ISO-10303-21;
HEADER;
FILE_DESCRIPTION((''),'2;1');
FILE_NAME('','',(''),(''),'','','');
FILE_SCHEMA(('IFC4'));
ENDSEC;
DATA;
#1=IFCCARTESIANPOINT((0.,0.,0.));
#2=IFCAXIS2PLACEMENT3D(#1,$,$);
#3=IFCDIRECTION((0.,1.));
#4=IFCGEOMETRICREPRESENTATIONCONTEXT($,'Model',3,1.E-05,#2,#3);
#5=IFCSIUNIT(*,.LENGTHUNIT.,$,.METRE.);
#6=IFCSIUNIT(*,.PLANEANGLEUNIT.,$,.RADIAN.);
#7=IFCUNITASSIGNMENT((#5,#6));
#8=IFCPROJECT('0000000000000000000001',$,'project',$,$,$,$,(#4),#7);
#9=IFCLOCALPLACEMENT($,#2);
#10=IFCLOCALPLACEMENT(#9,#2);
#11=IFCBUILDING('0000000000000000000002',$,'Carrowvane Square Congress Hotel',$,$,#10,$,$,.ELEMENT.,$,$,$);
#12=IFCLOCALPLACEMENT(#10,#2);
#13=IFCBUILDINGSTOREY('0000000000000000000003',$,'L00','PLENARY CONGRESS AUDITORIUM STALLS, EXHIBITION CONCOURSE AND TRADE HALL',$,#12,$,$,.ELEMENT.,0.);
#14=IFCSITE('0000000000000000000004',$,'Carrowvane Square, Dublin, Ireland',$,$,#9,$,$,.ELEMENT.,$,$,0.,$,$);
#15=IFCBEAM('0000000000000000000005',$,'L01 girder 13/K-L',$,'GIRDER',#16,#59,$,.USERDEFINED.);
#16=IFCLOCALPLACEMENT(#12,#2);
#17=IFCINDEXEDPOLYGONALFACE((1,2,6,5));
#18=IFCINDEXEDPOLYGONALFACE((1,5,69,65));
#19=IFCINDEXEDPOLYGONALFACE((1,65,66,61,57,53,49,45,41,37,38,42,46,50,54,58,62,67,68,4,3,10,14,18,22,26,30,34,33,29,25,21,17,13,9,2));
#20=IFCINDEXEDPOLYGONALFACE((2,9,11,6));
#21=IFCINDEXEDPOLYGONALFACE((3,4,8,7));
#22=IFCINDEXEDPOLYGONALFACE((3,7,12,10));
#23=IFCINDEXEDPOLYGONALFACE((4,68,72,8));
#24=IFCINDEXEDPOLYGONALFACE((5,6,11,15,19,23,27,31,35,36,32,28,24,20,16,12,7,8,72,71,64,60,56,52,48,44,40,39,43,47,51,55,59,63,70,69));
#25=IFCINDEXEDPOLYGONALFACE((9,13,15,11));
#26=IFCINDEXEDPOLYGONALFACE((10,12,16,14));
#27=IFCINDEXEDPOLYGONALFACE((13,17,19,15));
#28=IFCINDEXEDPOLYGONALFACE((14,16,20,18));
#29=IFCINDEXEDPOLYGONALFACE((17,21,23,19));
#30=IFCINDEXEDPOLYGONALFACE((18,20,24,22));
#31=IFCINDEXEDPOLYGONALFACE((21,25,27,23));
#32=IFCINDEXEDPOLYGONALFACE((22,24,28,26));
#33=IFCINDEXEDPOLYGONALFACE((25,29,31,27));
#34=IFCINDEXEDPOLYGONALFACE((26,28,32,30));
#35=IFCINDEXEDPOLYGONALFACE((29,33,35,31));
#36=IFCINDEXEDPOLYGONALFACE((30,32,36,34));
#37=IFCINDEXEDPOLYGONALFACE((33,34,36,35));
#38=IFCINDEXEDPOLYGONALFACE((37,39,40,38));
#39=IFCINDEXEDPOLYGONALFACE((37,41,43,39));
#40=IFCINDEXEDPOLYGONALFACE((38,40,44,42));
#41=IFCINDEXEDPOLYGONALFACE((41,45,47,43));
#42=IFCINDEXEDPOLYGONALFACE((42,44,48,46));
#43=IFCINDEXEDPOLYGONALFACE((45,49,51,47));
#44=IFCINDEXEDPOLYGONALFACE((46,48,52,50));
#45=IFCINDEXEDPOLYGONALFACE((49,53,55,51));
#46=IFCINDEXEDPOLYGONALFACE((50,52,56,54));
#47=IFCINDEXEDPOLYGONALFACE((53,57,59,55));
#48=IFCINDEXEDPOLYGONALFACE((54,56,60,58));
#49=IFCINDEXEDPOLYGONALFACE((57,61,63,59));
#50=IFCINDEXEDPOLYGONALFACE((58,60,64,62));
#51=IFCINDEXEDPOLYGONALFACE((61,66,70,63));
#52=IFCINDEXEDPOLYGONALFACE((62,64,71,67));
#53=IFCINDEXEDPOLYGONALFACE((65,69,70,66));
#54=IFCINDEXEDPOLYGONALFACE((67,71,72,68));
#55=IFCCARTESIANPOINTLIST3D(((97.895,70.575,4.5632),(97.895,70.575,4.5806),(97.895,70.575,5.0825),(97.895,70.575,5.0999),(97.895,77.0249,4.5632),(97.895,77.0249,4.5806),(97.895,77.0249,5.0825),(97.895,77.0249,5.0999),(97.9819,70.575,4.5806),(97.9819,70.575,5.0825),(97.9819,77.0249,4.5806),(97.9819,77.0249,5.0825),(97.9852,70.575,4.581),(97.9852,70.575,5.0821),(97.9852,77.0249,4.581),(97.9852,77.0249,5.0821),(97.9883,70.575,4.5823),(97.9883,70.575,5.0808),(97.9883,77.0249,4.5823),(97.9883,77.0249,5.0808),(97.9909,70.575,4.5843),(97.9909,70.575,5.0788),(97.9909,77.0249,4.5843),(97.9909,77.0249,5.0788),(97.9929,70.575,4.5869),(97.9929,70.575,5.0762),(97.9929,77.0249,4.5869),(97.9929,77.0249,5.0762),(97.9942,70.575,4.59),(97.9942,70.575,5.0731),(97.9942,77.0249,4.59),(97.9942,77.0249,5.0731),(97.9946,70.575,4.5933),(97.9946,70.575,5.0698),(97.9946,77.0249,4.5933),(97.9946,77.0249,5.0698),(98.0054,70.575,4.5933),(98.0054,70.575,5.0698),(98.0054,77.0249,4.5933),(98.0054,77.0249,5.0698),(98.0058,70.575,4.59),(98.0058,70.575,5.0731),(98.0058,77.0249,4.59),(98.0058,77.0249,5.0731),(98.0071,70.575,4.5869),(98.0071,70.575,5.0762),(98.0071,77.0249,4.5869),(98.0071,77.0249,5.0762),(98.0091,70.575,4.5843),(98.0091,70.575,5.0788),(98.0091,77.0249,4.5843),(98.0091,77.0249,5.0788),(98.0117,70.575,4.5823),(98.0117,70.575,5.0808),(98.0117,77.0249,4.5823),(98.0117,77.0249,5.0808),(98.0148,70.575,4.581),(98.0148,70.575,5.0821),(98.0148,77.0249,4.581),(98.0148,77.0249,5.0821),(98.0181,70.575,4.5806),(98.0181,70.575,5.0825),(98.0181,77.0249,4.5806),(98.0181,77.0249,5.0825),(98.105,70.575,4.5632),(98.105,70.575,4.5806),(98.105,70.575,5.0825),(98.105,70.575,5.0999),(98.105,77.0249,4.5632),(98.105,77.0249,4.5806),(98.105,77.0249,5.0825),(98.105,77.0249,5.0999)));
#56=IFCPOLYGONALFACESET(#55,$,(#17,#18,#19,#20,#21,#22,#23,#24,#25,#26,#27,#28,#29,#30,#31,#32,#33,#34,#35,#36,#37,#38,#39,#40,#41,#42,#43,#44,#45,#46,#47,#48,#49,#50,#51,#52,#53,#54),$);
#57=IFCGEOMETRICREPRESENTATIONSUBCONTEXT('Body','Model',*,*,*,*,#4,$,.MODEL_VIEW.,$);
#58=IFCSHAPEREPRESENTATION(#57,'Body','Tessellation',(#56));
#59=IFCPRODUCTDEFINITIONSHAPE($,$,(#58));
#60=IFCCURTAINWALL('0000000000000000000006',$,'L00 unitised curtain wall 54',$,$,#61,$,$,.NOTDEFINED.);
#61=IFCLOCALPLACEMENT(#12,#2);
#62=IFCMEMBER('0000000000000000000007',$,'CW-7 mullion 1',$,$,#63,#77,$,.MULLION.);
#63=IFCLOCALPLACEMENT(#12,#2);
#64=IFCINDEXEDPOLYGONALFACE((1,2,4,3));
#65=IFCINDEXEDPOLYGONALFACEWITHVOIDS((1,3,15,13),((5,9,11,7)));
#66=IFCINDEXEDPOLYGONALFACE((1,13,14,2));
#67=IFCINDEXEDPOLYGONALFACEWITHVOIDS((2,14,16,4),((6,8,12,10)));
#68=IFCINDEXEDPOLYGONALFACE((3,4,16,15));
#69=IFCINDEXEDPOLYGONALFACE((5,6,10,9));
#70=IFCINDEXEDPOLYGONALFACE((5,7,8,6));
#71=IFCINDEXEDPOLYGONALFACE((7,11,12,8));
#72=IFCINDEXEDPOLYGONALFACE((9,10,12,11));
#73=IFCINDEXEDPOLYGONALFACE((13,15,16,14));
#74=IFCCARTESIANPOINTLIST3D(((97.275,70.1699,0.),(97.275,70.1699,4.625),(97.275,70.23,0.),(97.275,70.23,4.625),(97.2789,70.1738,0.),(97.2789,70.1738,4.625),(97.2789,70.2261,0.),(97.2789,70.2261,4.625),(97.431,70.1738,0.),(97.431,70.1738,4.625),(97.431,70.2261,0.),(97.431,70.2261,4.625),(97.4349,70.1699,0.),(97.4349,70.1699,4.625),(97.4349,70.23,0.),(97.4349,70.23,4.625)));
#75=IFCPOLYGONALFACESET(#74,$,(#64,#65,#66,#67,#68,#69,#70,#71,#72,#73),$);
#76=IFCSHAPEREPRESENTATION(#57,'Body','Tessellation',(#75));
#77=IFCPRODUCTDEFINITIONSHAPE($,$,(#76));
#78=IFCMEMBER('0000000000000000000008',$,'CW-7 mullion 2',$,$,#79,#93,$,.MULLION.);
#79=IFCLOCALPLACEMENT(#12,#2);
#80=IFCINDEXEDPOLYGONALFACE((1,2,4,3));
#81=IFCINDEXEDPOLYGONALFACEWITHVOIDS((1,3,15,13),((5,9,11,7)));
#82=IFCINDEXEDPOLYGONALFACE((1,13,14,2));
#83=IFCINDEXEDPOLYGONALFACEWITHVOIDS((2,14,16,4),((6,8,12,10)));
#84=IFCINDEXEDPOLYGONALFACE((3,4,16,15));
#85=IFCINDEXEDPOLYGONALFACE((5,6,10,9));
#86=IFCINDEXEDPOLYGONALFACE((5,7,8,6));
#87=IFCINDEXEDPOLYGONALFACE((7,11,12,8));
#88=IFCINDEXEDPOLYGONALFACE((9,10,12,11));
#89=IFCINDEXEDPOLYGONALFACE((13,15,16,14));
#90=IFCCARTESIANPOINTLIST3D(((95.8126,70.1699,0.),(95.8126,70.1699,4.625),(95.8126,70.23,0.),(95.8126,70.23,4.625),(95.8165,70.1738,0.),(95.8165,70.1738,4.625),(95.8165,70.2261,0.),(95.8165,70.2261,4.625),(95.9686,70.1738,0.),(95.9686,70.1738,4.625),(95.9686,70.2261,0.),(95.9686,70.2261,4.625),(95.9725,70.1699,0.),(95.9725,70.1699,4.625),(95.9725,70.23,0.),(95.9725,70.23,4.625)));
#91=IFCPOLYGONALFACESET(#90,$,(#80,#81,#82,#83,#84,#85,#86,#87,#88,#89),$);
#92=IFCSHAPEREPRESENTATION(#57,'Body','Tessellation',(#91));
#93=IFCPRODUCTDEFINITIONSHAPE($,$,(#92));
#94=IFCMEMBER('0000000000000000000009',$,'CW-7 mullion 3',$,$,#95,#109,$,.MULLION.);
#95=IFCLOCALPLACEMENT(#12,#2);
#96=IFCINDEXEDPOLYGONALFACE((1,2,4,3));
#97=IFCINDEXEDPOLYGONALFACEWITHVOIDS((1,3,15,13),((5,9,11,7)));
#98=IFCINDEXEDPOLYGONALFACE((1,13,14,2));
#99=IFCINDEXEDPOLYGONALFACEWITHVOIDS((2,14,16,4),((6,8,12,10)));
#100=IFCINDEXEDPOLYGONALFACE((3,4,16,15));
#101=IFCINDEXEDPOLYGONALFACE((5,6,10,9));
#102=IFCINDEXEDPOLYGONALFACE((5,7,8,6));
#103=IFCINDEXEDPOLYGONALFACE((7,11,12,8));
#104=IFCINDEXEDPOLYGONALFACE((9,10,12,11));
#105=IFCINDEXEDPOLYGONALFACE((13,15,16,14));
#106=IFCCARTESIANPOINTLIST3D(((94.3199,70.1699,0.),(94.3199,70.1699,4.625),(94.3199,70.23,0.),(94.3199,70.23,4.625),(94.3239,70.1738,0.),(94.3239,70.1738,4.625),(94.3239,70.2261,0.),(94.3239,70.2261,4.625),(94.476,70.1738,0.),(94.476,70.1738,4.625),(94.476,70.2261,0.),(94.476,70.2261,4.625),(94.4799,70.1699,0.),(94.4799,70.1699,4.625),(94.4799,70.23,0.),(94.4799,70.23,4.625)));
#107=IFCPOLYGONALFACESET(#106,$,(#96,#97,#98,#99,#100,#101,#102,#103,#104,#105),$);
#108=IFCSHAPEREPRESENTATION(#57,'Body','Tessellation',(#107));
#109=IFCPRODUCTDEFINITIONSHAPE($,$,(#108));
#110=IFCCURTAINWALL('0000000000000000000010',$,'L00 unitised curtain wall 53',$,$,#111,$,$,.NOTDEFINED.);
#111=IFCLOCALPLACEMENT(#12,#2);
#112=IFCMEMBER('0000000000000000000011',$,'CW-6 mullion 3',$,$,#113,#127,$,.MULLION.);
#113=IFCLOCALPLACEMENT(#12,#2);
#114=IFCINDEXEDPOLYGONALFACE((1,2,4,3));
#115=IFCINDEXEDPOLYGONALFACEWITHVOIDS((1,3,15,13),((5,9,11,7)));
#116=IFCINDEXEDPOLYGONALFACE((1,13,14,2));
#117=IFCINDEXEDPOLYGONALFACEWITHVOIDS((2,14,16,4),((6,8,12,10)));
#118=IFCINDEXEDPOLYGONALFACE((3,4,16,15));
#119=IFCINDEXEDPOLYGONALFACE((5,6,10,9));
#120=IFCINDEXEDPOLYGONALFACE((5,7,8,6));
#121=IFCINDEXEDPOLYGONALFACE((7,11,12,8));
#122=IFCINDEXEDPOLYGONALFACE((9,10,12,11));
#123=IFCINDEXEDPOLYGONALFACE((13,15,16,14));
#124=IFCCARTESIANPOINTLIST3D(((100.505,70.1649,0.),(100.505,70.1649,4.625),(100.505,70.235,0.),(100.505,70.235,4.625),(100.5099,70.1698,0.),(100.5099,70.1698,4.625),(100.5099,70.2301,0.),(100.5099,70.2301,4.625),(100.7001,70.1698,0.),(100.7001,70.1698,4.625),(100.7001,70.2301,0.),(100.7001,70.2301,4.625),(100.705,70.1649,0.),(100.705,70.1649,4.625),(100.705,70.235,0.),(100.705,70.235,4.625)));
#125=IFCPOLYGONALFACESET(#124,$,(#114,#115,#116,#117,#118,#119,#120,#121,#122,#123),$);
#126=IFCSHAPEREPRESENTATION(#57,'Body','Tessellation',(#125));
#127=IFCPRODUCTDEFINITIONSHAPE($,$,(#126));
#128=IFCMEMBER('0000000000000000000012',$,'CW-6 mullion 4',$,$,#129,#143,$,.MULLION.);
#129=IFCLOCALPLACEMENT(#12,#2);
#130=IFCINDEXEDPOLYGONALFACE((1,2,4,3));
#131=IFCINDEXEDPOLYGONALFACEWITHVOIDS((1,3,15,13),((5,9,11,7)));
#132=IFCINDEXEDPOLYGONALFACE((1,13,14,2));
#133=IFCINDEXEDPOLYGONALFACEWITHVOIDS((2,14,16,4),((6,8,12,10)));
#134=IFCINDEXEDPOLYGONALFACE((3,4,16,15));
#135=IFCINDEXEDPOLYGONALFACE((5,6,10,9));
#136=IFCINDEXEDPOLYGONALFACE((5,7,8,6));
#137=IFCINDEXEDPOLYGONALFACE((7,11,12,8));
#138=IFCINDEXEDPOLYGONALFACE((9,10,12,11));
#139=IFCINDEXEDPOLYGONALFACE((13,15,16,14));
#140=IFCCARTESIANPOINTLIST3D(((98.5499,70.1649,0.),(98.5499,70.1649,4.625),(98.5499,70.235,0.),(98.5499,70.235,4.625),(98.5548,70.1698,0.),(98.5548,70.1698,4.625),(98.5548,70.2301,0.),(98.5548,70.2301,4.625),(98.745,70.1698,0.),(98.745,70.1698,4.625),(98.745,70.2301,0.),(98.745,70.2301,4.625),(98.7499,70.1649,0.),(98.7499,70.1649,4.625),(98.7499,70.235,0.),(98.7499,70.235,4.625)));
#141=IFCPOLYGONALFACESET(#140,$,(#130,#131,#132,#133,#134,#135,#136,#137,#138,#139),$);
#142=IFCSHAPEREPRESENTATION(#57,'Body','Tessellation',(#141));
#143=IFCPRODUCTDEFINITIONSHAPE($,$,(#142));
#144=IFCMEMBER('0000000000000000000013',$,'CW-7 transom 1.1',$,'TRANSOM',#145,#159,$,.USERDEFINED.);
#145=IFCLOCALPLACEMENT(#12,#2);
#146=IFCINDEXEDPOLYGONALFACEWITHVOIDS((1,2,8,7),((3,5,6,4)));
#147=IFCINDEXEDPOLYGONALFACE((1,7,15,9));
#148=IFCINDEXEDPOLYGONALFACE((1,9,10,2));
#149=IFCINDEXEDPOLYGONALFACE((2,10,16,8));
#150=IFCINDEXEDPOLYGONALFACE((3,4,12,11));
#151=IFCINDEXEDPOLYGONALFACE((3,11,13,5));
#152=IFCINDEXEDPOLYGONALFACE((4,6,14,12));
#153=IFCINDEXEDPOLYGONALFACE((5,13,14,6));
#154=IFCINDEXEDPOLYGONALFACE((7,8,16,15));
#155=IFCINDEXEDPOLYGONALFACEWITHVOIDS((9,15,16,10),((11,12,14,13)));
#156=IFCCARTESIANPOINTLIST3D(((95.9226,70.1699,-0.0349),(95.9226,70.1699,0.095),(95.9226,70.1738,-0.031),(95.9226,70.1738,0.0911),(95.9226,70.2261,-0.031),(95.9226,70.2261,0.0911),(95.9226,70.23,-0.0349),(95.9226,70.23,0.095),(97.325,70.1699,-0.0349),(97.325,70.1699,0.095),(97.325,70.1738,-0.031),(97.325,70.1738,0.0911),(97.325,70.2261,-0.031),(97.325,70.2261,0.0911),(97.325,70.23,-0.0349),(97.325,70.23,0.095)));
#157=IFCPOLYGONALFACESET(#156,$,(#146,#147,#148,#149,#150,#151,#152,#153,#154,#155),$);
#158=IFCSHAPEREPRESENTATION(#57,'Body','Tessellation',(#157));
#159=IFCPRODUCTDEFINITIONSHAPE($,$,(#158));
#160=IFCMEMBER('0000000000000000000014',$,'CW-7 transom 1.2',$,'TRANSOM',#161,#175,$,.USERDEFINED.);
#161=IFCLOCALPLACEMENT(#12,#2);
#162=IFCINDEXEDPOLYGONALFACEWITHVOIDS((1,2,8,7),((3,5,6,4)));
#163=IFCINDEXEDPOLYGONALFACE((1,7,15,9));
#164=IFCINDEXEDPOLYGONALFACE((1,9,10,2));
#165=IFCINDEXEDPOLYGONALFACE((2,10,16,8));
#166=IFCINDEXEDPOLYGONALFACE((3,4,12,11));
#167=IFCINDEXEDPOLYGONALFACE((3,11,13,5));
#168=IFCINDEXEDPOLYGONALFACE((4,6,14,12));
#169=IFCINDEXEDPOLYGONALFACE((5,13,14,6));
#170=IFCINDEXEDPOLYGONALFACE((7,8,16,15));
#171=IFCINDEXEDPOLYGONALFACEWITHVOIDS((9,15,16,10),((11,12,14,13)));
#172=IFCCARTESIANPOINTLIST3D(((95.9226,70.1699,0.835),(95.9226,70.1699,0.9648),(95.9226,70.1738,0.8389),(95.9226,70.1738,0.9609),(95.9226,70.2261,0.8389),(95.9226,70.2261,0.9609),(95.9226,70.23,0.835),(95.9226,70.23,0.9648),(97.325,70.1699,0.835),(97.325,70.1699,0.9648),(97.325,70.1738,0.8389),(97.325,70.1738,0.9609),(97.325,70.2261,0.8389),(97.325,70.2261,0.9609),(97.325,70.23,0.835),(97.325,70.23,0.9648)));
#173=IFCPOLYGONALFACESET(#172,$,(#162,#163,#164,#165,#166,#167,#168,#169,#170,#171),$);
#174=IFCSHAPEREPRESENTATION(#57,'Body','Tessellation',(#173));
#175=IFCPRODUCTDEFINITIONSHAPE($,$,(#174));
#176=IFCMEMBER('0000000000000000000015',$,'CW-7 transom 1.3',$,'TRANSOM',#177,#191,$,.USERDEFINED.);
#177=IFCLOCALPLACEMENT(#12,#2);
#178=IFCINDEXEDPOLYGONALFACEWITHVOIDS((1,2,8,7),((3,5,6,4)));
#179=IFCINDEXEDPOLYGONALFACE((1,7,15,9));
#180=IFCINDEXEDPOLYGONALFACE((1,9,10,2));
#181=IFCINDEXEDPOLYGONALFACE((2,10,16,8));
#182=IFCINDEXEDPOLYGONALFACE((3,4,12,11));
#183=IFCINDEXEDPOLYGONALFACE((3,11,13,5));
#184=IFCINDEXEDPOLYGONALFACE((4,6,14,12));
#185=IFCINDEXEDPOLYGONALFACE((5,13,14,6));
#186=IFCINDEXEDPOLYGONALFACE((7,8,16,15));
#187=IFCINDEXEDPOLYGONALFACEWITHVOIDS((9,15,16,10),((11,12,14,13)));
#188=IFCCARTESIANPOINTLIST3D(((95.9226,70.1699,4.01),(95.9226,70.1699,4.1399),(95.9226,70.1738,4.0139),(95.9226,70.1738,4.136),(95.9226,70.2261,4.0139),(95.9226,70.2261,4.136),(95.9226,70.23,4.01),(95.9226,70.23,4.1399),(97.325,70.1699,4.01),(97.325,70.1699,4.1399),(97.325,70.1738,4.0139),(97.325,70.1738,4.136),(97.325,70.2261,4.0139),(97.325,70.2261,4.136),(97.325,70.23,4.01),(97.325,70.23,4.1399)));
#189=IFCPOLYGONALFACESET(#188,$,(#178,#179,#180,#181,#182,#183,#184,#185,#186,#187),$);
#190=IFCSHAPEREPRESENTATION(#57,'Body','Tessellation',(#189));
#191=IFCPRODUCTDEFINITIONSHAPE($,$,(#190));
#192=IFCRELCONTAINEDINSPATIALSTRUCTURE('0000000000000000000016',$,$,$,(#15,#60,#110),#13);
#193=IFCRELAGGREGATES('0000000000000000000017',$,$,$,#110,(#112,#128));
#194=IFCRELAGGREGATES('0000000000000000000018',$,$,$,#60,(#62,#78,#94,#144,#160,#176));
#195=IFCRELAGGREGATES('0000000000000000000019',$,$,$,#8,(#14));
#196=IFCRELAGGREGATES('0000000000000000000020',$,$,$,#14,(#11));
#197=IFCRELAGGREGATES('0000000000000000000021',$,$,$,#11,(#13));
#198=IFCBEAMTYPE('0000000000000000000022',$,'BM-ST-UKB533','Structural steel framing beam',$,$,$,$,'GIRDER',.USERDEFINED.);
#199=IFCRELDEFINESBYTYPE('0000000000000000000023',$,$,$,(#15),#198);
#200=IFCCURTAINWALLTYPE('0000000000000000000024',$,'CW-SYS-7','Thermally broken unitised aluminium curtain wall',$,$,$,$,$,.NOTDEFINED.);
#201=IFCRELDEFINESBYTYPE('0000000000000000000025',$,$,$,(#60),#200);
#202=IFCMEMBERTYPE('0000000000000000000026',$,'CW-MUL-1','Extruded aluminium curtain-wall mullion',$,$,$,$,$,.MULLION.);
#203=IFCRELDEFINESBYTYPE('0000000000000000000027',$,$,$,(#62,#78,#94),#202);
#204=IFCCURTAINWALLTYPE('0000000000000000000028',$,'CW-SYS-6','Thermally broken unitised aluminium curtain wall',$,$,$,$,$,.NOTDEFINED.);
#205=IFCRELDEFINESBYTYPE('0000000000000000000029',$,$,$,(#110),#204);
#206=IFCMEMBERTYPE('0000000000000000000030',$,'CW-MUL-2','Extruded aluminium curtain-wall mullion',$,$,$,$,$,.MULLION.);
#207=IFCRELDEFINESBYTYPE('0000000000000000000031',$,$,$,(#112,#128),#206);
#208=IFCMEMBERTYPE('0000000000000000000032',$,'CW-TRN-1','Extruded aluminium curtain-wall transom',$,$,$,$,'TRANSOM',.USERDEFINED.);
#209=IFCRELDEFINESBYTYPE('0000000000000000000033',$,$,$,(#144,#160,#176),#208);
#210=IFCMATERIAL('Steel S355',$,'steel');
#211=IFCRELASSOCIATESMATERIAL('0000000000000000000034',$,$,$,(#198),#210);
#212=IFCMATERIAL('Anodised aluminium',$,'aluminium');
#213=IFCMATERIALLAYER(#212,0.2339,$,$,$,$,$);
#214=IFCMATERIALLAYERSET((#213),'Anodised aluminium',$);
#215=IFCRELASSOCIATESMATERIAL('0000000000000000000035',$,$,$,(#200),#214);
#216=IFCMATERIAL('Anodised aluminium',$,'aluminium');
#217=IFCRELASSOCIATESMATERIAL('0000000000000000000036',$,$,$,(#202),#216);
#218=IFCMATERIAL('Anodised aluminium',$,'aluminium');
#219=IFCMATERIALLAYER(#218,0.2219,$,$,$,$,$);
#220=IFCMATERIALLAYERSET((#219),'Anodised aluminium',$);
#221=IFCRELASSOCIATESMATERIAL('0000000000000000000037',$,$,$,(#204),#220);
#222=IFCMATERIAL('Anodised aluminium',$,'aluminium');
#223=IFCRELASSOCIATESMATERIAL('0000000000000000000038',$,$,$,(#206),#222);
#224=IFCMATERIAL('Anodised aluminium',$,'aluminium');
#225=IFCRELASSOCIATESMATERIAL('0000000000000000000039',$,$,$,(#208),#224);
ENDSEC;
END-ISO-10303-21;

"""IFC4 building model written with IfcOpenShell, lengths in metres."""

from ifc_helpers import new_model, si_unit, direction, frame, origin, origin_2d, place, context, subcontext, project, spatial, hollow_rectangle, i_section, extrude, material, layer, layer_set, material_profile, profile_set, type_object, element, aggregate, save


model = new_model("IFC4")

# Units and contexts
model_context = context("Model", 3, precision=1e-05, world=origin(), true_north=direction((0.0, 1.0)))
body_context = subcontext(model_context, "Body", "Model", "MODEL_VIEW")
ifc_project = project(units=[si_unit("LENGTHUNIT", "METRE"), si_unit("PLANEANGLEUNIT", "RADIAN")], contexts=[model_context])

# Site, building, storey
site_placement = place(None, origin())
site = spatial("IfcSite", under=ifc_project, at=site_placement, Name="Carrowvane Square, Dublin, Ireland", CompositionType="ELEMENT", RefElevation=0.0)
building_placement = place(site_placement, origin())
building = spatial("IfcBuilding", under=site, at=building_placement, Name="Carrowvane Square Congress Hotel", CompositionType="ELEMENT")
storey_placement = place(building_placement, origin())
storey = spatial("IfcBuildingStorey", under=building, at=storey_placement, Name="L00", Description="PLENARY CONGRESS AUDITORIUM STALLS, EXHIBITION CONCOURSE AND TRADE HALL", CompositionType="ELEMENT", Elevation=0.0)

# Beam
ifc_material_1 = material(Name="Steel S355", Category="steel")
ifc_material_profile_1 = material_profile(ifc_material_1, i_section(OverallWidth=0.21, OverallDepth=0.5366, WebThickness=0.0107, FlangeThickness=0.0173, FilletRadius=0.0127, at=origin_2d()), Name="UKB 533x210x101")
ifc_profile_set_1 = profile_set([ifc_material_profile_1], Name="Steel S355")
beam_type_1 = type_object("IfcBeamType", Name="BM-ST-UKB533", Description="Structural steel framing beam", ElementType="GIRDER", PredefinedType="USERDEFINED", material=ifc_profile_set_1)
beam_1_placement = place(storey_placement, frame((98.0, 70.575, 4.8315), z_axis=(0.0, 1.0, 0.0), x_axis=(-1.0, 0.0, 0.0)))
element("IfcBeam", 1, at=beam_1_placement, inside=storey, type_object=beam_type_1, Name="L01 girder 13/K-L", ObjectType="GIRDER", PredefinedType="USERDEFINED", context=body_context, shape_type="SweptSolid", body=[
    extrude(i_section(OverallWidth=0.21, OverallDepth=0.5366, WebThickness=0.0107, FlangeThickness=0.0173, FilletRadius=0.0127, at=origin_2d()), origin(), (0.0, 0.0, 1.0), 6.45),
])

# Curtain walls, members
ifc_material_2 = material(Name="Anodised aluminium", Category="aluminium")
ifc_layer_1 = layer(ifc_material_2, 0.2339)
ifc_layer_set_1 = layer_set([ifc_layer_1], Name="Anodised aluminium")
curtain_wall_type_1 = type_object("IfcCurtainWallType", Name="CW-SYS-7", Description="Thermally broken unitised aluminium curtain wall", PredefinedType="NOTDEFINED", material=ifc_layer_set_1)
curtain_wall_1_placement = place(storey_placement, origin())
curtain_wall_1 = element("IfcCurtainWall", 2, at=curtain_wall_1_placement, inside=storey, type_object=curtain_wall_type_1, Name="L00 unitised curtain wall 54", PredefinedType="NOTDEFINED")
ifc_material_3 = material(Name="Anodised aluminium", Category="aluminium")
ifc_material_profile_2 = material_profile(ifc_material_3, hollow_rectangle(XDim=0.0601, YDim=0.1599, WallThickness=0.0039, at=origin_2d()), Name="CW-ML 60x160x4")
ifc_profile_set_2 = profile_set([ifc_material_profile_2], Name="Anodised aluminium")
member_type_1 = type_object("IfcMemberType", Name="CW-MUL-1", Description="Extruded aluminium curtain-wall mullion", PredefinedType="MULLION", material=ifc_profile_set_2)
member_1_placement = place(storey_placement, frame((97.355, 70.2, 0.0), z_axis=(0.0, 0.0, 1.0), x_axis=(0.0, -1.0, 0.0)))
member_1 = element("IfcMember", 3, at=member_1_placement, type_object=member_type_1, Name="CW-7 mullion 1", PredefinedType="MULLION", context=body_context, shape_type="SweptSolid", body=[
    extrude(hollow_rectangle(XDim=0.0601, YDim=0.1599, WallThickness=0.0039, at=origin_2d()), origin(), (0.0, 0.0, 1.0), 4.625),
])
member_2_placement = place(storey_placement, frame((95.8926, 70.2, 0.0), z_axis=(0.0, 0.0, 1.0), x_axis=(0.0, -1.0, 0.0)))
member_2 = element("IfcMember", 4, at=member_2_placement, type_object=member_type_1, Name="CW-7 mullion 2", PredefinedType="MULLION", context=body_context, shape_type="SweptSolid", body=[
    extrude(hollow_rectangle(XDim=0.0601, YDim=0.1599, WallThickness=0.0039, at=origin_2d()), origin(), (0.0, 0.0, 1.0), 4.625),
])
member_3_placement = place(storey_placement, frame((94.3999, 70.2, 0.0), z_axis=(0.0, 0.0, 1.0), x_axis=(0.0, -1.0, 0.0)))
member_3 = element("IfcMember", 5, at=member_3_placement, type_object=member_type_1, Name="CW-7 mullion 3", PredefinedType="MULLION", context=body_context, shape_type="SweptSolid", body=[
    extrude(hollow_rectangle(XDim=0.0601, YDim=0.1599, WallThickness=0.0039, at=origin_2d()), origin(), (0.0, 0.0, 1.0), 4.625),
])
ifc_material_4 = material(Name="Anodised aluminium", Category="aluminium")
ifc_layer_2 = layer(ifc_material_4, 0.2219)
ifc_layer_set_2 = layer_set([ifc_layer_2], Name="Anodised aluminium")
curtain_wall_type_2 = type_object("IfcCurtainWallType", Name="CW-SYS-6", Description="Thermally broken unitised aluminium curtain wall", PredefinedType="NOTDEFINED", material=ifc_layer_set_2)
curtain_wall_2_placement = place(storey_placement, origin())
curtain_wall_2 = element("IfcCurtainWall", 6, at=curtain_wall_2_placement, inside=storey, type_object=curtain_wall_type_2, Name="L00 unitised curtain wall 53", PredefinedType="NOTDEFINED")
ifc_material_5 = material(Name="Anodised aluminium", Category="aluminium")
ifc_material_profile_3 = material_profile(ifc_material_5, hollow_rectangle(XDim=0.0701, YDim=0.2, WallThickness=0.0049, at=origin_2d()), Name="CW-ML 70x200x5")
ifc_profile_set_3 = profile_set([ifc_material_profile_3], Name="Anodised aluminium")
member_type_2 = type_object("IfcMemberType", Name="CW-MUL-2", Description="Extruded aluminium curtain-wall mullion", PredefinedType="MULLION", material=ifc_profile_set_3)
member_4_placement = place(storey_placement, frame((100.605, 70.2, 0.0), z_axis=(0.0, 0.0, 1.0), x_axis=(0.0, -1.0, 0.0)))
member_4 = element("IfcMember", 7, at=member_4_placement, type_object=member_type_2, Name="CW-6 mullion 3", PredefinedType="MULLION", context=body_context, shape_type="SweptSolid", body=[
    extrude(hollow_rectangle(XDim=0.0701, YDim=0.2, WallThickness=0.0049, at=origin_2d()), origin(), (0.0, 0.0, 1.0), 4.625),
])
member_5_placement = place(storey_placement, frame((98.6499, 70.2, 0.0), z_axis=(0.0, 0.0, 1.0), x_axis=(0.0, -1.0, 0.0)))
member_5 = element("IfcMember", 8, at=member_5_placement, type_object=member_type_2, Name="CW-6 mullion 4", PredefinedType="MULLION", context=body_context, shape_type="SweptSolid", body=[
    extrude(hollow_rectangle(XDim=0.0701, YDim=0.2, WallThickness=0.0049, at=origin_2d()), origin(), (0.0, 0.0, 1.0), 4.625),
])

# Members
ifc_material_6 = material(Name="Anodised aluminium", Category="aluminium")
ifc_material_profile_4 = material_profile(ifc_material_6, hollow_rectangle(XDim=0.0601, YDim=0.1299, WallThickness=0.0039, at=origin_2d()), Name="CW-TR 60x130x4")
ifc_profile_set_4 = profile_set([ifc_material_profile_4], Name="Anodised aluminium")
member_type_3 = type_object("IfcMemberType", Name="CW-TRN-1", Description="Extruded aluminium curtain-wall transom", ElementType="TRANSOM", PredefinedType="USERDEFINED", material=ifc_profile_set_4)
member_6_placement = place(storey_placement, frame((97.325, 70.2, 0.03), z_axis=(-1.0, 0.0, 0.0), x_axis=(0.0, -1.0, 0.0)))
member_6 = element("IfcMember", 9, at=member_6_placement, type_object=member_type_3, Name="CW-7 transom 1.1", ObjectType="TRANSOM", PredefinedType="USERDEFINED", context=body_context, shape_type="SweptSolid", body=[
    extrude(hollow_rectangle(XDim=0.0601, YDim=0.1299, WallThickness=0.0039, at=origin_2d()), origin(), (0.0, 0.0, 1.0), 1.4023),
])
member_7_placement = place(storey_placement, frame((97.325, 70.2, 0.8999), z_axis=(-1.0, 0.0, 0.0), x_axis=(0.0, -1.0, 0.0)))
member_7 = element("IfcMember", 10, at=member_7_placement, type_object=member_type_3, Name="CW-7 transom 1.2", ObjectType="TRANSOM", PredefinedType="USERDEFINED", context=body_context, shape_type="SweptSolid", body=[
    extrude(hollow_rectangle(XDim=0.0601, YDim=0.1299, WallThickness=0.0039, at=origin_2d()), origin(), (0.0, 0.0, 1.0), 1.4023),
])
member_8_placement = place(storey_placement, frame((97.325, 70.2, 4.075), z_axis=(-1.0, 0.0, 0.0), x_axis=(0.0, -1.0, 0.0)))
member_8 = element("IfcMember", 11, at=member_8_placement, type_object=member_type_3, Name="CW-7 transom 1.3", ObjectType="TRANSOM", PredefinedType="USERDEFINED", context=body_context, shape_type="SweptSolid", body=[
    extrude(hollow_rectangle(XDim=0.0601, YDim=0.1299, WallThickness=0.0039, at=origin_2d()), origin(), (0.0, 0.0, 1.0), 1.4023),
])

aggregate(curtain_wall_2, [member_4, member_5])
aggregate(curtain_wall_1, [member_1, member_2, member_3, member_6, member_7, member_8])

save(model, "model.ifc")
